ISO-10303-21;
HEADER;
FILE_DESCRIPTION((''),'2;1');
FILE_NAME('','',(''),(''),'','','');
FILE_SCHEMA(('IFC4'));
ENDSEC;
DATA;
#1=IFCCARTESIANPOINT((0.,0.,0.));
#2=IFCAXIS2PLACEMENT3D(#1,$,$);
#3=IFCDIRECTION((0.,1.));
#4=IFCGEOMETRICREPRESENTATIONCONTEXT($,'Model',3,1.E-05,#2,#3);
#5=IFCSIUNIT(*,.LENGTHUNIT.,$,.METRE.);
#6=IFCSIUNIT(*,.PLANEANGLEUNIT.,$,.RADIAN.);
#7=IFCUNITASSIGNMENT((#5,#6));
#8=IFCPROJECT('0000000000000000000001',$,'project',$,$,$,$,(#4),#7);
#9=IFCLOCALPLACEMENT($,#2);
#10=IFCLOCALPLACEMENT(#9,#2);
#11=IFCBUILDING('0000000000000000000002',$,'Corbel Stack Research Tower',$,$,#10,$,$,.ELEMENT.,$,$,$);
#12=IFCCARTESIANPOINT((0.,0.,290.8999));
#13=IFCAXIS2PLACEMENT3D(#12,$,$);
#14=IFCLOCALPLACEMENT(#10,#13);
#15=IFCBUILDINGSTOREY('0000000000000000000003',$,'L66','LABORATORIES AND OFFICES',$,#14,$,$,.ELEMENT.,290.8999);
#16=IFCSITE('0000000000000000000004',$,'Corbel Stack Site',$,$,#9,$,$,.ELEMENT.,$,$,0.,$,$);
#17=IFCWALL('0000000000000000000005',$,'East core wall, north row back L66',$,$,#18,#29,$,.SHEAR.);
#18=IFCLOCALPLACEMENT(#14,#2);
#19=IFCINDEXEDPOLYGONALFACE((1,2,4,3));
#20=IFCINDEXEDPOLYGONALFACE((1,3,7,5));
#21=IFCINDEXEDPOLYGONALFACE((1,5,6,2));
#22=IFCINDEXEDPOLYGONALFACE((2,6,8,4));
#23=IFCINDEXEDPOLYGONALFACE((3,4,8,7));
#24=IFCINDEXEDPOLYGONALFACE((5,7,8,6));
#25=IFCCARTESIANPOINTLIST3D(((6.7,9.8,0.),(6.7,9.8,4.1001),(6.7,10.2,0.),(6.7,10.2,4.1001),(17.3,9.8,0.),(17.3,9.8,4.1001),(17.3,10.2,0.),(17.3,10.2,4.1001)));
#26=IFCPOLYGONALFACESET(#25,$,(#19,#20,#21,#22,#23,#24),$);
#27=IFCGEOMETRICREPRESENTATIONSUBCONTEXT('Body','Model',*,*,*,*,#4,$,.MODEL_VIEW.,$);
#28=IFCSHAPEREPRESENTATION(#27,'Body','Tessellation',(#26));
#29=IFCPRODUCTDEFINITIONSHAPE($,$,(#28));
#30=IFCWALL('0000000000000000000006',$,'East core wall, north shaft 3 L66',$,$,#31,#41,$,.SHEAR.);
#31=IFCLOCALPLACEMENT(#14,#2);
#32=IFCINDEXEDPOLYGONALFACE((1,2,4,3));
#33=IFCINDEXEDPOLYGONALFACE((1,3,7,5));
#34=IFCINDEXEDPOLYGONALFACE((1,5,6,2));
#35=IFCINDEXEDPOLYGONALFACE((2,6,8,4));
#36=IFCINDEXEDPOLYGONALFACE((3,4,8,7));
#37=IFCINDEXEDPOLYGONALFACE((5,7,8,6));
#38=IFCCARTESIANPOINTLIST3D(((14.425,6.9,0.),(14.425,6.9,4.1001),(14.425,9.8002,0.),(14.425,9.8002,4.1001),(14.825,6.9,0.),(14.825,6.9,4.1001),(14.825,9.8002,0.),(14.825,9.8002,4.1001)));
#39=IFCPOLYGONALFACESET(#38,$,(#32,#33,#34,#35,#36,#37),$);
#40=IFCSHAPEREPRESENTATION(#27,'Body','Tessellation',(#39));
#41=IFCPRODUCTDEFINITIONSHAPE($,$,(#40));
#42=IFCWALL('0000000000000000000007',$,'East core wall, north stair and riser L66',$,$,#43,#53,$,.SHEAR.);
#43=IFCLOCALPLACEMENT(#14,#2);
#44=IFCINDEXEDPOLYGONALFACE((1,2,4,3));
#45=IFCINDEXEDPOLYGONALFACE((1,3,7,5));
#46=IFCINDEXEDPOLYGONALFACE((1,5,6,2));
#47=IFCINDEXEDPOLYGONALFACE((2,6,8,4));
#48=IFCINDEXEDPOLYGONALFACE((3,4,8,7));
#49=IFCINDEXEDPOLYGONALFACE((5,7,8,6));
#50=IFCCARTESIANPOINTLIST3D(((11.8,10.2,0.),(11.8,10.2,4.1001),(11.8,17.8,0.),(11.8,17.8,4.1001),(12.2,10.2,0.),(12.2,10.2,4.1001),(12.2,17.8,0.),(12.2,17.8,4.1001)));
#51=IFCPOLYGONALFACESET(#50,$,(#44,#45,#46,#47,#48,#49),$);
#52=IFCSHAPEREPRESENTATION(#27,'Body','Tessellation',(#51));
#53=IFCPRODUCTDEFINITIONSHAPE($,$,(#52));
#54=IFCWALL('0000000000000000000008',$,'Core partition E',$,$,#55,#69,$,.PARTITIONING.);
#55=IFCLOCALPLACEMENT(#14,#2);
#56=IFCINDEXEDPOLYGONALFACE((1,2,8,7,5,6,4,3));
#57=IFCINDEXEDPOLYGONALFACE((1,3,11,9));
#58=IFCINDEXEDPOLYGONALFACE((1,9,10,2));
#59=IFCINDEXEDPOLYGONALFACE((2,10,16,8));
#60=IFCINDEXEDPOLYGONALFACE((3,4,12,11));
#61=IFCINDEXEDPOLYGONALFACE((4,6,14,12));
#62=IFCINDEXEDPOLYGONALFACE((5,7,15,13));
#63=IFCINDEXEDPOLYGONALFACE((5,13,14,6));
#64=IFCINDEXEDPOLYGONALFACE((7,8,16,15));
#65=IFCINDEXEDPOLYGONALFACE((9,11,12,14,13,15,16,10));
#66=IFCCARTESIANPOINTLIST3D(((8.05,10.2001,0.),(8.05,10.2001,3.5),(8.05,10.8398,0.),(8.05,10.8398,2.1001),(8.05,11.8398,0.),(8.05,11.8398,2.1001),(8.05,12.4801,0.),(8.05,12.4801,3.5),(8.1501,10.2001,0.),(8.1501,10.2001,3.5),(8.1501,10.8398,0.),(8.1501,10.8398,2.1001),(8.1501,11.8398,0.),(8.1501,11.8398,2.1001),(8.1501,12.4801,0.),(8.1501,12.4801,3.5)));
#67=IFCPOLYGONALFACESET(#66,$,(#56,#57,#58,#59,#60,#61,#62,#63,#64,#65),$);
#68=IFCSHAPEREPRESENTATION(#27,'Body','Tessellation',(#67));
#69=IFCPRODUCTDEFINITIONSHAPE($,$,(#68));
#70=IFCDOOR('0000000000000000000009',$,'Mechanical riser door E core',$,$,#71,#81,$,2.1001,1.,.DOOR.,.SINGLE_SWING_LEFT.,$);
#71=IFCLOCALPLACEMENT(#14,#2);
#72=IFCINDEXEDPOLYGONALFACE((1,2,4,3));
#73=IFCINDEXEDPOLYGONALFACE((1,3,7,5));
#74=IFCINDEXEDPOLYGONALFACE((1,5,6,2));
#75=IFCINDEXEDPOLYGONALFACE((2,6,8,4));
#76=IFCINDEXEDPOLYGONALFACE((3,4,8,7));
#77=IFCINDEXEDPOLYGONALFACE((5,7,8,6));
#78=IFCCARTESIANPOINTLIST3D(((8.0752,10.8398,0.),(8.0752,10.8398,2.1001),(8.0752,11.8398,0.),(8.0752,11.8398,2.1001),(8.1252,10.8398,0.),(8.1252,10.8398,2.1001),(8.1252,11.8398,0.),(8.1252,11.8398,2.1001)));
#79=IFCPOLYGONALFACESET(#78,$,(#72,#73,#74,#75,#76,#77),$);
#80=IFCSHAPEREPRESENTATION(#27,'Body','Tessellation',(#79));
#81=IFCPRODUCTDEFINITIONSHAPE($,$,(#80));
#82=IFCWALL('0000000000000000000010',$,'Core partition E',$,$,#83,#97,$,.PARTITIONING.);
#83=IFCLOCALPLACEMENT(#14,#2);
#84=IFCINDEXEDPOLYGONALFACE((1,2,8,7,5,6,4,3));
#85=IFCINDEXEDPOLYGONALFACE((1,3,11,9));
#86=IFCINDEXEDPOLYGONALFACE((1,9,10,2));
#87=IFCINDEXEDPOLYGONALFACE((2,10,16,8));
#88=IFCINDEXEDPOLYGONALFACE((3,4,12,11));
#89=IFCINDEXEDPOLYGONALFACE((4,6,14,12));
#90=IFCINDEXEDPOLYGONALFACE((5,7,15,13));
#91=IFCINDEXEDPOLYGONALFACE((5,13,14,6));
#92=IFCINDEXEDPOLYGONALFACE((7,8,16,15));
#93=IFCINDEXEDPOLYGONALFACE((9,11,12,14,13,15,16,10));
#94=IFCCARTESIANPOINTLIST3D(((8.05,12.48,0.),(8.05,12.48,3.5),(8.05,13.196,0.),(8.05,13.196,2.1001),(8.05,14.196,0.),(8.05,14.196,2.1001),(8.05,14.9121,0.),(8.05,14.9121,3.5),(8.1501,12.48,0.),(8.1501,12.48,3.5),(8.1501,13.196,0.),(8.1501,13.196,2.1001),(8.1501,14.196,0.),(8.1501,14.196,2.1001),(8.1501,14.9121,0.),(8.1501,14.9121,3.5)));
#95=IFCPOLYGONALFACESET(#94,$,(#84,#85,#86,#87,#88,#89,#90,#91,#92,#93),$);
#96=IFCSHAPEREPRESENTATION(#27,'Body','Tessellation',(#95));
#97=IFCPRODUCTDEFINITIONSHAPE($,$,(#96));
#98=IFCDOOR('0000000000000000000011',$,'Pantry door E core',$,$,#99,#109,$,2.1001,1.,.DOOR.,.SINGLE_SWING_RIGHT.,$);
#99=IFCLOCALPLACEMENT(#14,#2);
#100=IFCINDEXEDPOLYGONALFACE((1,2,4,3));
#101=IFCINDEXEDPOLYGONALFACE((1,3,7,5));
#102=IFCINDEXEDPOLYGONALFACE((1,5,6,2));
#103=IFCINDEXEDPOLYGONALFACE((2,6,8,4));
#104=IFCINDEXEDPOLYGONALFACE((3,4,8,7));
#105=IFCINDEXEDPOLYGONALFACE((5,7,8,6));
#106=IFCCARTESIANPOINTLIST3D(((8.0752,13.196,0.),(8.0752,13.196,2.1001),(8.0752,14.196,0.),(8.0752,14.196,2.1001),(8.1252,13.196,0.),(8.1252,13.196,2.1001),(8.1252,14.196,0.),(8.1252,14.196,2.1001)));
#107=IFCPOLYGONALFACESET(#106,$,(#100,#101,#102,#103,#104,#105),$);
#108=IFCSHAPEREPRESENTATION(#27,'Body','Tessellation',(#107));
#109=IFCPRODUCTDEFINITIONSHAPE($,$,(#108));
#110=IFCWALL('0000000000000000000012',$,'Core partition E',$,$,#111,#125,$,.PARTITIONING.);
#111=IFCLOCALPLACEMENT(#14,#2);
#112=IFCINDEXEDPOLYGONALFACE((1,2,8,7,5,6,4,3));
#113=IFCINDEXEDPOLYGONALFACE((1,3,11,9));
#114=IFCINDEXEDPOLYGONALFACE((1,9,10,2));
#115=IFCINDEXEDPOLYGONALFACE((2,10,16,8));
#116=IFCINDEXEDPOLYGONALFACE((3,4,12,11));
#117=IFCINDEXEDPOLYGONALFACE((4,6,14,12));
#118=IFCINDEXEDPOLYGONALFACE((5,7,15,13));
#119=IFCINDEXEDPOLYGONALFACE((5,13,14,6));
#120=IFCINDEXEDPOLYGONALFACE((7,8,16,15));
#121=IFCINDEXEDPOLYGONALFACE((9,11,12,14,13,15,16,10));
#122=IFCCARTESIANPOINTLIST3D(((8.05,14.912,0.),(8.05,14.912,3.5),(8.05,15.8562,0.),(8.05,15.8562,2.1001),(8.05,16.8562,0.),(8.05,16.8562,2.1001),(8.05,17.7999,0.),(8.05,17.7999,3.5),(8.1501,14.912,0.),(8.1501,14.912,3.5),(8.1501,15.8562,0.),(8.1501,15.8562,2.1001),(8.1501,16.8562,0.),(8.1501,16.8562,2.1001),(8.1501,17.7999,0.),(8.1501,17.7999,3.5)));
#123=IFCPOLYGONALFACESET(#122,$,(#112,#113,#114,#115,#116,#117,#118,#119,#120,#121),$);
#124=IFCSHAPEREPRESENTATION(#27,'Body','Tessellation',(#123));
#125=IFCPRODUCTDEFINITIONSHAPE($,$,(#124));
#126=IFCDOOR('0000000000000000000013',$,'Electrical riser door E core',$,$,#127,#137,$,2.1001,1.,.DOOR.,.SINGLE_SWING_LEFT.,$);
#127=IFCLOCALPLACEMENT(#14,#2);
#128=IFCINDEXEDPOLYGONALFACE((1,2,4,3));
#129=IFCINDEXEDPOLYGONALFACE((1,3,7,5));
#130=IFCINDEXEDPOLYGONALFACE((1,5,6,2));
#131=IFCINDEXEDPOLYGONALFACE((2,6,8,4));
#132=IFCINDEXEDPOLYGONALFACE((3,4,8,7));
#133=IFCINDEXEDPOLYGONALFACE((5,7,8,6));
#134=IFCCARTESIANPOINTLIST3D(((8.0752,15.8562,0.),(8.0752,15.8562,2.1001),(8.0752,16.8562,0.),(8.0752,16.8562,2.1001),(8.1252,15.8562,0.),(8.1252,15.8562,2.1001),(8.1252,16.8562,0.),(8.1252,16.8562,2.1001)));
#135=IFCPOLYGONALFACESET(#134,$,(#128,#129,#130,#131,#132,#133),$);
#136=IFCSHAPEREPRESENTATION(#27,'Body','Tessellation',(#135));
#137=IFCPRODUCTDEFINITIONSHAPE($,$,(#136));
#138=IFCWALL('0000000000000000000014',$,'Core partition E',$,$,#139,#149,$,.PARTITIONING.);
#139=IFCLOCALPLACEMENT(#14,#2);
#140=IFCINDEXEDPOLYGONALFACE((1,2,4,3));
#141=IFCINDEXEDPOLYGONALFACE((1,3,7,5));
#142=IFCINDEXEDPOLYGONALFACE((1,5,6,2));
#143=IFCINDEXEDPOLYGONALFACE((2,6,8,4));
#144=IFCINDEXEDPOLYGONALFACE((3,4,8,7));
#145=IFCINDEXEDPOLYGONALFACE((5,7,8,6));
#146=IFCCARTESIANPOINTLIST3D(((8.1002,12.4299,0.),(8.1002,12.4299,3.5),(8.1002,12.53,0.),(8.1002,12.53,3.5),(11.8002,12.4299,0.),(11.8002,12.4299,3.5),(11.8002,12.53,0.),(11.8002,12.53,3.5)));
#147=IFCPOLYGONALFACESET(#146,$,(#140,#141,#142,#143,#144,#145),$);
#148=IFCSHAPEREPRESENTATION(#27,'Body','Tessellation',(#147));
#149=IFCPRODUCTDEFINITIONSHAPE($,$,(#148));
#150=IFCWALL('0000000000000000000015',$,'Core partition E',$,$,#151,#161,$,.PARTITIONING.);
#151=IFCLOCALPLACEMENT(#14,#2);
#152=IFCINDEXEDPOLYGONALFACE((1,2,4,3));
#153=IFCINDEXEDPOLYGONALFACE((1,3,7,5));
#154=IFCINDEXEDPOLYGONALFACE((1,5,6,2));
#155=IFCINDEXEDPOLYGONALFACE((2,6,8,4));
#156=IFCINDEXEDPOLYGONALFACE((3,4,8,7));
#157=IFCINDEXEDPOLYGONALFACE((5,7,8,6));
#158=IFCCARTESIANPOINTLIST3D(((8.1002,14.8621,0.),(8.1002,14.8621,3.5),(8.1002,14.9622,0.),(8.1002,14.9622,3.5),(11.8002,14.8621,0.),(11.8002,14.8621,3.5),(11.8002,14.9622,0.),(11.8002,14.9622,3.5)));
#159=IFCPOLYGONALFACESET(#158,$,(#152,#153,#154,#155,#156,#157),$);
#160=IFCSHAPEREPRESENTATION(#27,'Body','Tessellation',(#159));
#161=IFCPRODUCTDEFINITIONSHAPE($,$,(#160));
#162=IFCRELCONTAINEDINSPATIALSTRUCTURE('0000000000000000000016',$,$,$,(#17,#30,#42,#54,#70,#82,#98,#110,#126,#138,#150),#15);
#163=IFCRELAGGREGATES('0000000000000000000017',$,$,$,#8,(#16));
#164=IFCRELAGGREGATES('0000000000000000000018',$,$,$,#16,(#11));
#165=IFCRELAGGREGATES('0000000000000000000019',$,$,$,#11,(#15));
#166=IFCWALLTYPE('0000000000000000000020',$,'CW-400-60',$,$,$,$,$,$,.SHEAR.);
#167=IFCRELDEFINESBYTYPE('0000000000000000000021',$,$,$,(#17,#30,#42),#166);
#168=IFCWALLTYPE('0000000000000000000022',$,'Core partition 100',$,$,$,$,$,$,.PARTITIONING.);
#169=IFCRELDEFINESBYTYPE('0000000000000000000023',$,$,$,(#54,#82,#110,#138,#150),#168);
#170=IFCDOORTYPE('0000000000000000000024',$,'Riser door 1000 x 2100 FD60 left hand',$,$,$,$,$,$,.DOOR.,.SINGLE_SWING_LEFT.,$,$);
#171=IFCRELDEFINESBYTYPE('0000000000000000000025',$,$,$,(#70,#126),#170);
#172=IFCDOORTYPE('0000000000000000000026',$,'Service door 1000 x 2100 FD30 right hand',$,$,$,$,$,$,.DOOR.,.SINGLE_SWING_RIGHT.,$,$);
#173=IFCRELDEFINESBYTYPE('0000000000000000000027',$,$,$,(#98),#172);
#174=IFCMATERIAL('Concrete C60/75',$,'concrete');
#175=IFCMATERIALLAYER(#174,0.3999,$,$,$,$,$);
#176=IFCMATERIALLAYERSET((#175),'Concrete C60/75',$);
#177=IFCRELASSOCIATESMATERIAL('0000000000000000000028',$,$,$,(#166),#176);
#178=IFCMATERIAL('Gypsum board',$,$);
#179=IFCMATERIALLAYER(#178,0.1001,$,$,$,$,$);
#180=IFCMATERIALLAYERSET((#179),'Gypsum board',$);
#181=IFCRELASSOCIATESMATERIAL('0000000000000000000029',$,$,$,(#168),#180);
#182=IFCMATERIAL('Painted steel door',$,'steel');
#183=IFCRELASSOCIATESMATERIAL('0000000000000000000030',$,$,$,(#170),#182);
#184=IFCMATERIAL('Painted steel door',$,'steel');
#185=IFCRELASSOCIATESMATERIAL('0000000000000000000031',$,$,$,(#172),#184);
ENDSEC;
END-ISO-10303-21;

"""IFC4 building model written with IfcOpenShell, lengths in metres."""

from ifc_helpers import new_model, si_unit, direction, frame, frame_2d, origin, place, context, subcontext, project, spatial, rectangle, extrude, material, layer, layer_set, type_object, element, fill, save


model = new_model("IFC4")

# Units and contexts
model_context = context("Model", 3, precision=1e-05, world=origin(), true_north=direction((0.0, 1.0)))
body_context = subcontext(model_context, "Body", "Model", "MODEL_VIEW")
ifc_project = project(units=[si_unit("LENGTHUNIT", "METRE"), si_unit("PLANEANGLEUNIT", "RADIAN")], contexts=[model_context])

# Site, building, storey
site_placement = place(None, origin())
site = spatial("IfcSite", under=ifc_project, at=site_placement, Name="Corbel Stack Site", CompositionType="ELEMENT", RefElevation=0.0)
building_placement = place(site_placement, origin())
building = spatial("IfcBuilding", under=site, at=building_placement, Name="Corbel Stack Research Tower", CompositionType="ELEMENT")
storey_placement = place(building_placement, frame((0.0, 0.0, 290.8999)))
storey = spatial("IfcBuildingStorey", under=building, at=storey_placement, Name="L66", Description="LABORATORIES AND OFFICES", CompositionType="ELEMENT", Elevation=290.8999)

# Walls
ifc_material_1 = material(Name="Concrete C60/75", Category="concrete")
ifc_layer_1 = layer(ifc_material_1, 0.3999)
ifc_layer_set_1 = layer_set([ifc_layer_1], Name="Concrete C60/75")
wall_type_1 = type_object("IfcWallType", Name="CW-400-60", PredefinedType="SHEAR", material=ifc_layer_set_1)
wall_1_placement = place(storey_placement, frame((6.7, 10.0, 0.0), z_axis=(0.0, 0.0, 1.0), x_axis=(1.0, 0.0, 0.0)))
element("IfcWall", 1, at=wall_1_placement, inside=storey, type_object=wall_type_1, Name="East core wall, north row back L66", PredefinedType="SHEAR", context=body_context, shape_type="SweptSolid", body=[
    extrude(rectangle(XDim=10.6001, YDim=0.3999, at=frame_2d((5.3, 0.0))), origin(), (0.0, 0.0, 1.0), 4.1001),
])
wall_2_placement = place(storey_placement, frame((14.625, 6.8999, 0.0), z_axis=(0.0, 0.0, 1.0), x_axis=(0.0, 1.0, 0.0)))
element("IfcWall", 2, at=wall_2_placement, inside=storey, type_object=wall_type_1, Name="East core wall, north shaft 3 L66", PredefinedType="SHEAR", context=body_context, shape_type="SweptSolid", body=[
    extrude(rectangle(XDim=2.9001, YDim=0.3999, at=frame_2d((1.4502, 0.0))), origin(), (0.0, 0.0, 1.0), 4.1001),
])
wall_3_placement = place(storey_placement, frame((12.0, 10.2, 0.0), z_axis=(0.0, 0.0, 1.0), x_axis=(0.0, 1.0, 0.0)))
element("IfcWall", 3, at=wall_3_placement, inside=storey, type_object=wall_type_1, Name="East core wall, north stair and riser L66", PredefinedType="SHEAR", context=body_context, shape_type="SweptSolid", body=[
    extrude(rectangle(XDim=7.6001, YDim=0.3999, at=frame_2d((3.8, 0.0))), origin(), (0.0, 0.0, 1.0), 4.1001),
])

# Walls, openings, doors
ifc_material_2 = material(Name="Gypsum board")
ifc_layer_2 = layer(ifc_material_2, 0.1001)
ifc_layer_set_2 = layer_set([ifc_layer_2], Name="Gypsum board")
wall_type_2 = type_object("IfcWallType", Name="Core partition 100", PredefinedType="PARTITIONING", material=ifc_layer_set_2)
wall_4_placement = place(storey_placement, frame((8.1001, 10.2, 0.0), z_axis=(0.0, 0.0, 1.0), x_axis=(0.0, 1.0, 0.0)))
wall_4 = element("IfcWall", 4, at=wall_4_placement, inside=storey, type_object=wall_type_2, Name="Core partition E", PredefinedType="PARTITIONING", context=body_context, shape_type="SweptSolid", body=[
    extrude(rectangle(XDim=2.28, YDim=0.1001, at=frame_2d((1.1401, 0.0))), origin(), (0.0, 0.0, 1.0), 3.5),
])
opening_1_placement = place(wall_4_placement, frame((0.6399, 0.0, 0.0)))
opening_1 = element("IfcOpeningElement", 5, at=opening_1_placement, cuts=wall_4, PredefinedType="OPENING", context=body_context, shape_type="SweptSolid", body=[
    extrude(rectangle(XDim=1.0, YDim=2.1001, at=frame_2d((0.5, 1.05))), frame((0.0, 0.0601, 0.0), z_axis=(0.0, -1.0, 0.0), x_axis=(1.0, 0.0, 0.0)), (0.0, 0.0, 1.0), 0.1201),
])
ifc_material_3 = material(Name="Painted steel door", Category="steel")
door_type_1 = type_object("IfcDoorType", Name="Riser door 1000 x 2100 FD60 left hand", OperationType="SINGLE_SWING_LEFT", PredefinedType="DOOR", material=ifc_material_3)
door_1_placement = place(opening_1_placement, origin())
door_1 = element("IfcDoor", 6, at=door_1_placement, inside=storey, type_object=door_type_1, Name="Mechanical riser door E core", OperationType="SINGLE_SWING_LEFT", OverallHeight=2.1001, OverallWidth=1.0, PredefinedType="DOOR", context=body_context, shape_type="SweptSolid", body=[
    extrude(rectangle(XDim=1.0, YDim=2.1001, at=frame_2d((0.5, 1.05))), frame((0.0, 0.0249, 0.0), z_axis=(0.0, -1.0, 0.0), x_axis=(1.0, 0.0, 0.0)), (0.0, 0.0, 1.0), 0.05),
])
fill(opening_1, door_1)
wall_5_placement = place(storey_placement, frame((8.1001, 12.48, 0.0), z_axis=(0.0, 0.0, 1.0), x_axis=(0.0, 1.0, 0.0)))
wall_5 = element("IfcWall", 7, at=wall_5_placement, inside=storey, type_object=wall_type_2, Name="Core partition E", PredefinedType="PARTITIONING", context=body_context, shape_type="SweptSolid", body=[
    extrude(rectangle(XDim=2.4321, YDim=0.1001, at=frame_2d((1.2161, 0.0))), origin(), (0.0, 0.0, 1.0), 3.5),
])
opening_2_placement = place(wall_5_placement, frame((0.7161, 0.0, 0.0)))
opening_2 = element("IfcOpeningElement", 8, at=opening_2_placement, cuts=wall_5, PredefinedType="OPENING", context=body_context, shape_type="SweptSolid", body=[
    extrude(rectangle(XDim=1.0, YDim=2.1001, at=frame_2d((0.5, 1.05))), frame((0.0, 0.0601, 0.0), z_axis=(0.0, -1.0, 0.0), x_axis=(1.0, 0.0, 0.0)), (0.0, 0.0, 1.0), 0.1201),
])
ifc_material_4 = material(Name="Painted steel door", Category="steel")
door_type_2 = type_object("IfcDoorType", Name="Service door 1000 x 2100 FD30 right hand", OperationType="SINGLE_SWING_RIGHT", PredefinedType="DOOR", material=ifc_material_4)
door_2_placement = place(opening_2_placement, origin())
door_2 = element("IfcDoor", 9, at=door_2_placement, inside=storey, type_object=door_type_2, Name="Pantry door E core", OperationType="SINGLE_SWING_RIGHT", OverallHeight=2.1001, OverallWidth=1.0, PredefinedType="DOOR", context=body_context, shape_type="SweptSolid", body=[
    extrude(rectangle(XDim=1.0, YDim=2.1001, at=frame_2d((0.5, 1.05))), frame((0.0, 0.0249, 0.0), z_axis=(0.0, -1.0, 0.0), x_axis=(1.0, 0.0, 0.0)), (0.0, 0.0, 1.0), 0.05),
])
fill(opening_2, door_2)
wall_6_placement = place(storey_placement, frame((8.1001, 14.9121, 0.0), z_axis=(0.0, 0.0, 1.0), x_axis=(0.0, 1.0, 0.0)))
wall_6 = element("IfcWall", 10, at=wall_6_placement, inside=storey, type_object=wall_type_2, Name="Core partition E", PredefinedType="PARTITIONING", context=body_context, shape_type="SweptSolid", body=[
    extrude(rectangle(XDim=2.8879, YDim=0.1001, at=frame_2d((1.4438, 0.0))), origin(), (0.0, 0.0, 1.0), 3.5),
])
opening_3_placement = place(wall_6_placement, frame((0.9441, 0.0, 0.0)))
opening_3 = element("IfcOpeningElement", 11, at=opening_3_placement, cuts=wall_6, PredefinedType="OPENING", context=body_context, shape_type="SweptSolid", body=[
    extrude(rectangle(XDim=1.0, YDim=2.1001, at=frame_2d((0.5, 1.05))), frame((0.0, 0.0601, 0.0), z_axis=(0.0, -1.0, 0.0), x_axis=(1.0, 0.0, 0.0)), (0.0, 0.0, 1.0), 0.1201),
])
door_3_placement = place(opening_3_placement, origin())
door_3 = element("IfcDoor", 12, at=door_3_placement, inside=storey, type_object=door_type_1, Name="Electrical riser door E core", OperationType="SINGLE_SWING_LEFT", OverallHeight=2.1001, OverallWidth=1.0, PredefinedType="DOOR", context=body_context, shape_type="SweptSolid", body=[
    extrude(rectangle(XDim=1.0, YDim=2.1001, at=frame_2d((0.5, 1.05))), frame((0.0, 0.0249, 0.0), z_axis=(0.0, -1.0, 0.0), x_axis=(1.0, 0.0, 0.0)), (0.0, 0.0, 1.0), 0.05),
])
fill(opening_3, door_3)

# Walls
for number, where, z_axis, x_axis, name in (
    (13, (8.1001, 12.48, 0.0), (0.0, 0.0, 1.0), (1.0, 0.0, 0.0), "Core partition E"),
    (14, (8.1001, 14.9121, 0.0), (0.0, 0.0, 1.0), (1.0, 0.0, 0.0), "Core partition E"),
):
    element("IfcWall", number, at=place(storey_placement, frame(where, z_axis=z_axis, x_axis=x_axis)), inside=storey, type_object=wall_type_2, Name=name, PredefinedType="PARTITIONING", context=body_context, shape_type="SweptSolid", body=[
        extrude(rectangle(XDim=3.7, YDim=0.1001, at=frame_2d((1.8501, 0.0))), origin(), (0.0, 0.0, 1.0), 3.5),
    ])

save(model, "model.ifc")
